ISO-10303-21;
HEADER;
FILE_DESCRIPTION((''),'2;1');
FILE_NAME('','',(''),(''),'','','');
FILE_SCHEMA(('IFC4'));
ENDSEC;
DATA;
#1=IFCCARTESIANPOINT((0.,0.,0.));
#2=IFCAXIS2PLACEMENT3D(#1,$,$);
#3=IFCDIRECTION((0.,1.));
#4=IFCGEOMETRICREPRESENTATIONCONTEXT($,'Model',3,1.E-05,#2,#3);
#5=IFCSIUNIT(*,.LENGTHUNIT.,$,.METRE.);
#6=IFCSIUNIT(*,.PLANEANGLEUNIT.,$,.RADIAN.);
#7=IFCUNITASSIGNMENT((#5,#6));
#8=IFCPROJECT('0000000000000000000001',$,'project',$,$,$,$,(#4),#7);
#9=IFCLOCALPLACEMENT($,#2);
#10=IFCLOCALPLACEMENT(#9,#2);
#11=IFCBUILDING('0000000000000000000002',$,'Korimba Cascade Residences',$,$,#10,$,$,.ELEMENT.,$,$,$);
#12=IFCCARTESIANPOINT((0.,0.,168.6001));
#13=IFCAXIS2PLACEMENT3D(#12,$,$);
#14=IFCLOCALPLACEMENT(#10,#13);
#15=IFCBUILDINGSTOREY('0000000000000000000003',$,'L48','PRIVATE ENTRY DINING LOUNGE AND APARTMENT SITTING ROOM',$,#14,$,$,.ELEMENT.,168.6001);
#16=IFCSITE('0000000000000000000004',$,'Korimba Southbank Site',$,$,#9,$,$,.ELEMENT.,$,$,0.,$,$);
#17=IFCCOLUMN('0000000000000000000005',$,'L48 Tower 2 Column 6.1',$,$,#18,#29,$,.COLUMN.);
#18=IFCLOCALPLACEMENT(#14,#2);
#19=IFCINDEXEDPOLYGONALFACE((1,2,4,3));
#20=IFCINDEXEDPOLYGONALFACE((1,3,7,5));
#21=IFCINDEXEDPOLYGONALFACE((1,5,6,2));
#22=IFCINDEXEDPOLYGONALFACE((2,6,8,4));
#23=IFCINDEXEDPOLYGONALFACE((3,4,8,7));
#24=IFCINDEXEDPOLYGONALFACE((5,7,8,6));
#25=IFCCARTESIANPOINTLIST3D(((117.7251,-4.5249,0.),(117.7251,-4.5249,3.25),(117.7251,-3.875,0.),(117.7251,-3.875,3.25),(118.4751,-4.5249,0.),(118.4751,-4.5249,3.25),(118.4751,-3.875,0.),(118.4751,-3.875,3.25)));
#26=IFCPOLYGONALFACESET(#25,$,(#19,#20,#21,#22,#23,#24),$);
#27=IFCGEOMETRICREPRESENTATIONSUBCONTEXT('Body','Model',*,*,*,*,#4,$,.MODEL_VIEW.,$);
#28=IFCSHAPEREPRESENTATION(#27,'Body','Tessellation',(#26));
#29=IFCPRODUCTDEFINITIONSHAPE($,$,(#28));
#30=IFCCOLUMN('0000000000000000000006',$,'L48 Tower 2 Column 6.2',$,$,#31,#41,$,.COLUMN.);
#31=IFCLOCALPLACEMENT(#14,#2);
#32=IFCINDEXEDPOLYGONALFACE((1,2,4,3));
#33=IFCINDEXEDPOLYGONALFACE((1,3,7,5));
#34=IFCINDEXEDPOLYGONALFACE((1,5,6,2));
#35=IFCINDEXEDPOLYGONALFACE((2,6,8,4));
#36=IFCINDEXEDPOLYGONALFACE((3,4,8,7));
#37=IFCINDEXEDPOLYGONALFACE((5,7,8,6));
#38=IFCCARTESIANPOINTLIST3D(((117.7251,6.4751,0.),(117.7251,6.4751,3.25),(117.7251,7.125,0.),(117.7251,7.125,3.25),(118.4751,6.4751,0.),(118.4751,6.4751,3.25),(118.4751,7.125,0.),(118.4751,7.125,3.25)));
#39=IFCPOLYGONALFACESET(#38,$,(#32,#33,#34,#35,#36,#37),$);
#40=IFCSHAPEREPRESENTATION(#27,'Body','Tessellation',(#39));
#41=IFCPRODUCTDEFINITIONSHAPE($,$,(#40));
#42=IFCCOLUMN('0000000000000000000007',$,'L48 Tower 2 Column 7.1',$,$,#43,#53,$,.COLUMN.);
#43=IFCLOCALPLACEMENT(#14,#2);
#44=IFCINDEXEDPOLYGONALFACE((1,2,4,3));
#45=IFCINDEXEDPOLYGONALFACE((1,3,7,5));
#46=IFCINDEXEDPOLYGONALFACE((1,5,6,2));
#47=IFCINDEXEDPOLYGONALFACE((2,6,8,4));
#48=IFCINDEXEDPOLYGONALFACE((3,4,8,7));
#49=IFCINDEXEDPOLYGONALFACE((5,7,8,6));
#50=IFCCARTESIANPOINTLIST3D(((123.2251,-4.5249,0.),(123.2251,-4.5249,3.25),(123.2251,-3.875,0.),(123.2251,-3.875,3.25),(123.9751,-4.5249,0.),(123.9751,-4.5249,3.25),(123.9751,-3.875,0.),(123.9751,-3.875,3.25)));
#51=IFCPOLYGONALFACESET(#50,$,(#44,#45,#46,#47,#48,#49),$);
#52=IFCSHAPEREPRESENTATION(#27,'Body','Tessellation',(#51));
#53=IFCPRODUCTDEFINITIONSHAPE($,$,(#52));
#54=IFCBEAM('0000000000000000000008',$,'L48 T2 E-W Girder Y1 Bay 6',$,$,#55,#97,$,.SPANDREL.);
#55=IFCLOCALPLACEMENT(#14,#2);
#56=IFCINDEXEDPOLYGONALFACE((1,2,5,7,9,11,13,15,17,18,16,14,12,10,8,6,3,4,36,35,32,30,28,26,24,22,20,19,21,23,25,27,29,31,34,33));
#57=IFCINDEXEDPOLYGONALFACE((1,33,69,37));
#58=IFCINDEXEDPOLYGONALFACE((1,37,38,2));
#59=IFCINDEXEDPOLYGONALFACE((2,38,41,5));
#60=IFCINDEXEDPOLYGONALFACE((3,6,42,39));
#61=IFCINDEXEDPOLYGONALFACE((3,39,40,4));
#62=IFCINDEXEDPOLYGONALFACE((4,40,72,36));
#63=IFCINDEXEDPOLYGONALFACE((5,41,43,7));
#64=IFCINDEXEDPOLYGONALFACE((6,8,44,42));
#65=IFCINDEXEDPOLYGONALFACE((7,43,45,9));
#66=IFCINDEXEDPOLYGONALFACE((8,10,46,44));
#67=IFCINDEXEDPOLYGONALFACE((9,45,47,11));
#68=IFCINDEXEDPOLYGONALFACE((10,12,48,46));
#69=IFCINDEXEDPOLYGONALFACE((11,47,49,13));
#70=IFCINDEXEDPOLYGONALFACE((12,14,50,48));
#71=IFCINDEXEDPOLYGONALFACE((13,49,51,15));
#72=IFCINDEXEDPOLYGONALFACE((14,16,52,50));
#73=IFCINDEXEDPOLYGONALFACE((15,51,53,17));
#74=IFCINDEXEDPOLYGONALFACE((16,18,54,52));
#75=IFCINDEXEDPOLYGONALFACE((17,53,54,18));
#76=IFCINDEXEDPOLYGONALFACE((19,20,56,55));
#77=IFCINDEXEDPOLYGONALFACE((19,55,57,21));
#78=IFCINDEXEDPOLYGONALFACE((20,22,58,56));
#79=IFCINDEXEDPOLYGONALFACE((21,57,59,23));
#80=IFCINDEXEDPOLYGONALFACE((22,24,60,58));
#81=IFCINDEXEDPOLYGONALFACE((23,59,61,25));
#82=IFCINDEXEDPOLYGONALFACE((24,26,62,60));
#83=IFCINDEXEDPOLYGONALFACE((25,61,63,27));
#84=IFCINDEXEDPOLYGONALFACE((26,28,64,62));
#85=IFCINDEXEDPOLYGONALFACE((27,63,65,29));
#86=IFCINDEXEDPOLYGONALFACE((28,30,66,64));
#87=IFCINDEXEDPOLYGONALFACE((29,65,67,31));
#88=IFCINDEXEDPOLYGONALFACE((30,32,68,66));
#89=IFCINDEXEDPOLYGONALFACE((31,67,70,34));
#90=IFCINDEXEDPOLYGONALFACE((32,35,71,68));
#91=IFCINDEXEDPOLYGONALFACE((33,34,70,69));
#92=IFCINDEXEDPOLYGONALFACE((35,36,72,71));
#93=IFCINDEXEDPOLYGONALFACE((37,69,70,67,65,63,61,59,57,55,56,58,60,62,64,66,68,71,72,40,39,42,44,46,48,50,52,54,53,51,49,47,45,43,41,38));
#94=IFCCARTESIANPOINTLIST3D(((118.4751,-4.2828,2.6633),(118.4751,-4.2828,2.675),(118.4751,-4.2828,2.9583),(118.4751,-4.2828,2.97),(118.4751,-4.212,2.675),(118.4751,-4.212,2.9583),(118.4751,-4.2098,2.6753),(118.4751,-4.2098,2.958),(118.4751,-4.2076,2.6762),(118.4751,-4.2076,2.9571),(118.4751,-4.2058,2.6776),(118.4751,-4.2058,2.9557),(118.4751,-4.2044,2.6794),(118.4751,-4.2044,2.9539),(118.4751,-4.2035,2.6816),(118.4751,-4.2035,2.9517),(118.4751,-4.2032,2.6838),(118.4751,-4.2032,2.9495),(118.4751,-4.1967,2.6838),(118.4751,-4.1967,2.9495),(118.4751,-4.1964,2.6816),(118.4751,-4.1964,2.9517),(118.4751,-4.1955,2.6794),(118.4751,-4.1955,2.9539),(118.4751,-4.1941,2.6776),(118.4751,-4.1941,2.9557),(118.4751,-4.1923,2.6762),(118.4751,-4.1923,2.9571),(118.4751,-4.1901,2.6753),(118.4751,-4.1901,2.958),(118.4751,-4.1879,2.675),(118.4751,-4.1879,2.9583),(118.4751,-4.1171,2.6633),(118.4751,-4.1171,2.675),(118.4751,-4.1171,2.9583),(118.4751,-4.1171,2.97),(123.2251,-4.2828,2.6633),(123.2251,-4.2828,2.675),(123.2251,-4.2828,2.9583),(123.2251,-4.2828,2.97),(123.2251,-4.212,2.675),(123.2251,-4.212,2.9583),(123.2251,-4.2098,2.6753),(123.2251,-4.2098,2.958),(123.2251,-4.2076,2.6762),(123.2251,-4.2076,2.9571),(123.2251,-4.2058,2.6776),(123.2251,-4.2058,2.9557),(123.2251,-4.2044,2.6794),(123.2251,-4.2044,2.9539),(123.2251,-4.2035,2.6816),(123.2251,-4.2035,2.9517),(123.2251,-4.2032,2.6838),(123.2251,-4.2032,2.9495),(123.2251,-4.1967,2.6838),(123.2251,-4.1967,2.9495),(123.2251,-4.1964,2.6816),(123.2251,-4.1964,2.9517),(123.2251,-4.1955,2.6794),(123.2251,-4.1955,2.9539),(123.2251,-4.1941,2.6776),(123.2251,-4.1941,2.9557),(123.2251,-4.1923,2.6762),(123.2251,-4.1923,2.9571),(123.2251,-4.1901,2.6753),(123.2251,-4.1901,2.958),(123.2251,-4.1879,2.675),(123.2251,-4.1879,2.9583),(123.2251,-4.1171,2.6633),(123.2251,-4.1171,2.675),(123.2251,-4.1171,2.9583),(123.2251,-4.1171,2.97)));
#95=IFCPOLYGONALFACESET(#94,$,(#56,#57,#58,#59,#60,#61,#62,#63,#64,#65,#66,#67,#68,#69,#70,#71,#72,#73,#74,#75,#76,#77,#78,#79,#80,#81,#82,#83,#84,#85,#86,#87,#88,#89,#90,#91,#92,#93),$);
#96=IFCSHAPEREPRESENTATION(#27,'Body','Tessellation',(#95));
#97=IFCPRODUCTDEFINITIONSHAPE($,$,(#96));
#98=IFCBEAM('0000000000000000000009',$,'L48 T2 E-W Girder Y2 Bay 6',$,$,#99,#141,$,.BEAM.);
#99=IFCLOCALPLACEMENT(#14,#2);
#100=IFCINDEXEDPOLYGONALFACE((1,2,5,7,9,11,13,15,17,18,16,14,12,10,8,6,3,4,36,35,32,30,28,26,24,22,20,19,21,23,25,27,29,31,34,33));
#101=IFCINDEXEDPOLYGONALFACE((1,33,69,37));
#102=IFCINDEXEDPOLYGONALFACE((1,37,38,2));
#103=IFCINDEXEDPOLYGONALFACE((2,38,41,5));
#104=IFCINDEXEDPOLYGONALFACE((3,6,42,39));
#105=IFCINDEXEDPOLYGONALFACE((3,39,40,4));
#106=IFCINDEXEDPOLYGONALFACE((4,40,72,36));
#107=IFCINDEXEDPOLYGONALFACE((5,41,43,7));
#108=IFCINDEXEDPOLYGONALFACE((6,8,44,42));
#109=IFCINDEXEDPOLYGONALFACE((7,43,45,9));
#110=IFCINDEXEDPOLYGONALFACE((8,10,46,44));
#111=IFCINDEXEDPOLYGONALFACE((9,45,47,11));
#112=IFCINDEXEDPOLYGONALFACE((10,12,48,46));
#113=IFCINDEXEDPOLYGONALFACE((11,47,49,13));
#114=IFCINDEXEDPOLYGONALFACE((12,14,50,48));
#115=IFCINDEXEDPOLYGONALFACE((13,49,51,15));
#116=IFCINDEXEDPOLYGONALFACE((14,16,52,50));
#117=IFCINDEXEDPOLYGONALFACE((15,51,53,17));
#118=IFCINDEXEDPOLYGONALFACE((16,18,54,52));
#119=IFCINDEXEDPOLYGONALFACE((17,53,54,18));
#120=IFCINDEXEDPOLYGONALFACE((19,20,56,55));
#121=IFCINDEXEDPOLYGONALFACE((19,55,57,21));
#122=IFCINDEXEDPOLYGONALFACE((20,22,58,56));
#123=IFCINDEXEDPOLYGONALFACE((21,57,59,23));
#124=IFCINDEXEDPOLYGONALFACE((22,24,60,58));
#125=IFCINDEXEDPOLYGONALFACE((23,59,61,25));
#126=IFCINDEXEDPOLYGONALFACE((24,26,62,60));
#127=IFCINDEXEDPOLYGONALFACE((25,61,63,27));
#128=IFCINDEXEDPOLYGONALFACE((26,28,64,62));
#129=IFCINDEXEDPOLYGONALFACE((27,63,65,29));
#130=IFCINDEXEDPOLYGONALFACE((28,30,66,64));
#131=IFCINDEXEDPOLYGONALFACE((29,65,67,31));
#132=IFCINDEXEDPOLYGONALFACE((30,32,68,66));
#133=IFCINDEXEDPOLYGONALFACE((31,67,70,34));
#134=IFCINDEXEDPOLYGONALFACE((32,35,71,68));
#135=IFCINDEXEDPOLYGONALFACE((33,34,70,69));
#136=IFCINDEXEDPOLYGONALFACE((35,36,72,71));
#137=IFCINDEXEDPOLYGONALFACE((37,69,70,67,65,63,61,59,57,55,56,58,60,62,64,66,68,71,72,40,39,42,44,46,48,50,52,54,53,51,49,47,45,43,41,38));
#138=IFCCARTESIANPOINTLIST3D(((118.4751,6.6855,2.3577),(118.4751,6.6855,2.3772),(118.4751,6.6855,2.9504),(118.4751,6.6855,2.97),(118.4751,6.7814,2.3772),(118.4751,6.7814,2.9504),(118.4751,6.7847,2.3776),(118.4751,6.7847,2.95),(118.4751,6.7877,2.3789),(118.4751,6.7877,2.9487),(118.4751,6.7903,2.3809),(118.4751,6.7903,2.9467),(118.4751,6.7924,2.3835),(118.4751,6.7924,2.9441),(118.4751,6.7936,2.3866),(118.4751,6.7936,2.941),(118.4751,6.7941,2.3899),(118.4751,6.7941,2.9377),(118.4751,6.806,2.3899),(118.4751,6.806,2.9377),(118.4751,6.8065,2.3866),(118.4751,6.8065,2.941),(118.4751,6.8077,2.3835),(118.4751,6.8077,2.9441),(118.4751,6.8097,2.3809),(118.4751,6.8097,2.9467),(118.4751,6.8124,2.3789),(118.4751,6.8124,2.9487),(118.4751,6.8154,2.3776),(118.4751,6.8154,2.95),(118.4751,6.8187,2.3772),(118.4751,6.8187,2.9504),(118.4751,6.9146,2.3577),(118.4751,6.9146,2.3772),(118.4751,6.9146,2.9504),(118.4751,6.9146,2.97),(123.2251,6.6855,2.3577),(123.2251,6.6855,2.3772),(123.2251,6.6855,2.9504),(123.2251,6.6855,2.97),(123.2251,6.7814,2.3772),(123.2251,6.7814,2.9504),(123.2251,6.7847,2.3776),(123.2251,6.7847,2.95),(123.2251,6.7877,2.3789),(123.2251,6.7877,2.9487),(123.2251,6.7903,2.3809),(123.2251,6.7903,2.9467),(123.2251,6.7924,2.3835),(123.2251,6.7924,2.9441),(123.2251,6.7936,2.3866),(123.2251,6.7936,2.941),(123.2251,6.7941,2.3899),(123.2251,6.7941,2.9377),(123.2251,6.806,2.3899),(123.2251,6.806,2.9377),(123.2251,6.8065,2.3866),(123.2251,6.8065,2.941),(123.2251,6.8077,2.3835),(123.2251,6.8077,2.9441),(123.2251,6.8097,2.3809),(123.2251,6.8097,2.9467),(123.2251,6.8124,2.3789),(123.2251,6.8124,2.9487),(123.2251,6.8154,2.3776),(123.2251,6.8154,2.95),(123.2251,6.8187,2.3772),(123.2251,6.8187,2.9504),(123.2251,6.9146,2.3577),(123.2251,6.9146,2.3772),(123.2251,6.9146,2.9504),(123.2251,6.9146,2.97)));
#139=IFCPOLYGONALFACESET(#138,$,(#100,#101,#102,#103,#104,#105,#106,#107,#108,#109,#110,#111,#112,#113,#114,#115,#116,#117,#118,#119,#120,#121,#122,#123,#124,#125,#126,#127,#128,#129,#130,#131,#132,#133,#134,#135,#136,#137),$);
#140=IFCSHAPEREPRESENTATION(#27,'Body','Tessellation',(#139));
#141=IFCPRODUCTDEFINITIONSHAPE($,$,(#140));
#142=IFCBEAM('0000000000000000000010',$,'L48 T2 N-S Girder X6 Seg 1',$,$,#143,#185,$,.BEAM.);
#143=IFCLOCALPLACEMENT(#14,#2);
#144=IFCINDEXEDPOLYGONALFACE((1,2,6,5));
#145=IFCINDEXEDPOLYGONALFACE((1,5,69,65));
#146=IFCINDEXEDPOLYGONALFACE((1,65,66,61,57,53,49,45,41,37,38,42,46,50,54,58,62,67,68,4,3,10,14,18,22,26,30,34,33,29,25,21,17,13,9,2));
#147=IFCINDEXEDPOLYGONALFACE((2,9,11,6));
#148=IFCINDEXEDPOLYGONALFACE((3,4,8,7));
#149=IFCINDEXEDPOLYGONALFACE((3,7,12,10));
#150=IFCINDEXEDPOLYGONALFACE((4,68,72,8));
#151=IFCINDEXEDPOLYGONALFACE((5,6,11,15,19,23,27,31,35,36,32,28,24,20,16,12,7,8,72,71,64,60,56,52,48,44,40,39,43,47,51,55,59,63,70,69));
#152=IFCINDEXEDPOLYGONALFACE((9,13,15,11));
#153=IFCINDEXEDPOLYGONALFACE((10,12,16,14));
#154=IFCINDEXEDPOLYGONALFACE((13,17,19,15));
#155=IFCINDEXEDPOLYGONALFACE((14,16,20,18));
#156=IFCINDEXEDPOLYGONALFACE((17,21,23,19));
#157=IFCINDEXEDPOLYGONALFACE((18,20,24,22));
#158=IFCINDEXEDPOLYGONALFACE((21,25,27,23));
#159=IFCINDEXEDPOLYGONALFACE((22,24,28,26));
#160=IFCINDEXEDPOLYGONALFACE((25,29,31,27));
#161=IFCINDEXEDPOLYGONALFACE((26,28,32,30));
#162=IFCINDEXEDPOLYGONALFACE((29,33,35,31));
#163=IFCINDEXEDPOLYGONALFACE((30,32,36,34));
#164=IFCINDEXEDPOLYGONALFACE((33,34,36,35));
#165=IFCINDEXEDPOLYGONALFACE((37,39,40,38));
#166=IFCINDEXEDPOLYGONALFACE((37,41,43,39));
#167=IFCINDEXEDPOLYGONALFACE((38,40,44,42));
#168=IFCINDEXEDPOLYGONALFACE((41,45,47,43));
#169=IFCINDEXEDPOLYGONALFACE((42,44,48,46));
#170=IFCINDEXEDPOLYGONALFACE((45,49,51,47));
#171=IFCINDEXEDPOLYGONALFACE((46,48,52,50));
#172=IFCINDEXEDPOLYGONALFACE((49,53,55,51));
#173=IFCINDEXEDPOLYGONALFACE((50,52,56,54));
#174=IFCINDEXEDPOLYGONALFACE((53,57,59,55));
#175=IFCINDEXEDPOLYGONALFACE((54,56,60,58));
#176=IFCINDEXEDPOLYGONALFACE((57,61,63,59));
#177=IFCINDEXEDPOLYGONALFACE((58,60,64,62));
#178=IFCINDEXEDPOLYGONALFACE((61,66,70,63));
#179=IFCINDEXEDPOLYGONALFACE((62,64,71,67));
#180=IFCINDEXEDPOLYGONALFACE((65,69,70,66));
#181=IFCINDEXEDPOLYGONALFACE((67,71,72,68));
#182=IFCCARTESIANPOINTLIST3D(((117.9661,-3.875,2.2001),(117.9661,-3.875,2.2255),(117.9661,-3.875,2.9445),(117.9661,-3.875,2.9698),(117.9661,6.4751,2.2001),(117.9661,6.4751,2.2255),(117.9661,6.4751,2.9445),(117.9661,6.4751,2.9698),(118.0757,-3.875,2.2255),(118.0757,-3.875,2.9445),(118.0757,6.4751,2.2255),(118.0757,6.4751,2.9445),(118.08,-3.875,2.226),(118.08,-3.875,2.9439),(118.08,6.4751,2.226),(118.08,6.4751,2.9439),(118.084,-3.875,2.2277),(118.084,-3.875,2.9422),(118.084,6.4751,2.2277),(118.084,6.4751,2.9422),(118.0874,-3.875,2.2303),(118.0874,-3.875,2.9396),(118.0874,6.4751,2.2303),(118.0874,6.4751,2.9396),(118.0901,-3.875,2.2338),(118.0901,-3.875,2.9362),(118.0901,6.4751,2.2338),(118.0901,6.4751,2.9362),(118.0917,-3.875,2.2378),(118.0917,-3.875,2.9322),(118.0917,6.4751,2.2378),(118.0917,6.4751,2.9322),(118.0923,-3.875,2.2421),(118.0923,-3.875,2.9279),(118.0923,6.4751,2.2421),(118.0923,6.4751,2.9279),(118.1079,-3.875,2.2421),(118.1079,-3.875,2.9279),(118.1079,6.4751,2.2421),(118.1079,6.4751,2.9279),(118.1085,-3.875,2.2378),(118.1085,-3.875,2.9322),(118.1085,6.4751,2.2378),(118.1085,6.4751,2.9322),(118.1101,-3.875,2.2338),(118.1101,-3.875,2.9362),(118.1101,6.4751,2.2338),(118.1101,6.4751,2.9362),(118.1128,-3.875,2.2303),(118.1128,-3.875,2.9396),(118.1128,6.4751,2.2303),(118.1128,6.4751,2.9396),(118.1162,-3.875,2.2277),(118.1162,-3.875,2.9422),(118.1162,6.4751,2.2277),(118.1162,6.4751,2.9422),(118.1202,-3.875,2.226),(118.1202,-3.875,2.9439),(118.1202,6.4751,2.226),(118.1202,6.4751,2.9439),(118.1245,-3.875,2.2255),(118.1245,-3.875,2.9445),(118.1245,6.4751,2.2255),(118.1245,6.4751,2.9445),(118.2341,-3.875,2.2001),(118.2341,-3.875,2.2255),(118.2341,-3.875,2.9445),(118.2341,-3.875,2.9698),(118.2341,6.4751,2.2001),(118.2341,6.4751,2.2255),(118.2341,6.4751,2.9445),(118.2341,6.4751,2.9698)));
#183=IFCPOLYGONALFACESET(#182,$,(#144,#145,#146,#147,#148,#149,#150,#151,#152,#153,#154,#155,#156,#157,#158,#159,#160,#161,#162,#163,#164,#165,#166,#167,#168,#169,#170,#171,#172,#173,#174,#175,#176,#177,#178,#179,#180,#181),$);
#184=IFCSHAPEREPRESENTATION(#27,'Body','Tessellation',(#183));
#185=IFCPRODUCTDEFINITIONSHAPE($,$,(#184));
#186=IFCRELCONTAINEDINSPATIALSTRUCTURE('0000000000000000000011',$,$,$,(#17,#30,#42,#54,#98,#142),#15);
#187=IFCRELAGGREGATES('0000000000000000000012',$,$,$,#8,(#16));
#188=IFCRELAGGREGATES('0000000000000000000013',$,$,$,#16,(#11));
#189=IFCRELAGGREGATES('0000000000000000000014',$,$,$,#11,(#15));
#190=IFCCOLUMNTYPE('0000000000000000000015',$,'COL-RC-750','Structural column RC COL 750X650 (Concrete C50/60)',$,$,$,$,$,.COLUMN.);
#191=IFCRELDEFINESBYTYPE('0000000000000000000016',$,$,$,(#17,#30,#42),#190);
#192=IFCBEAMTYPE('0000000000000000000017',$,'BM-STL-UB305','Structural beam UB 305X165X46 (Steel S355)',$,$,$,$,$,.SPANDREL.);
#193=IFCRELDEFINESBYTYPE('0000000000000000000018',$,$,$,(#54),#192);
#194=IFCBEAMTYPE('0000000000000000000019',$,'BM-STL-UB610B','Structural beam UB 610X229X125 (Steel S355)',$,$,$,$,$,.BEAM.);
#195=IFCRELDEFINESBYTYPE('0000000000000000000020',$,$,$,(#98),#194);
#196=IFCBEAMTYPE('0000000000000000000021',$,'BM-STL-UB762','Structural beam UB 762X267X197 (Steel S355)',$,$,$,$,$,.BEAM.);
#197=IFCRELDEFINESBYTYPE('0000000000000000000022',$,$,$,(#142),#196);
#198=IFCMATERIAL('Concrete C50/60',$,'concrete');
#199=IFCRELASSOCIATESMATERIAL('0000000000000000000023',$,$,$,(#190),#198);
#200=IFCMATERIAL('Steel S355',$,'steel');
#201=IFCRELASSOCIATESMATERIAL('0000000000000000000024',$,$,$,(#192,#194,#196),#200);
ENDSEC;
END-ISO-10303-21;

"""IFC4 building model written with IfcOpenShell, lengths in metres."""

from ifc_helpers import new_model, si_unit, direction, frame, origin, origin_2d, place, context, subcontext, project, spatial, rectangle, i_section, extrude, material, material_profile, profile_set, type_object, element, save


model = new_model("IFC4")

# Units and contexts
model_context = context("Model", 3, precision=1e-05, world=origin(), true_north=direction((0.0, 1.0)))
body_context = subcontext(model_context, "Body", "Model", "MODEL_VIEW")
ifc_project = project(units=[si_unit("LENGTHUNIT", "METRE"), si_unit("PLANEANGLEUNIT", "RADIAN")], contexts=[model_context])

# Site, building, storey
site_placement = place(None, origin())
site = spatial("IfcSite", under=ifc_project, at=site_placement, Name="Korimba Southbank Site", CompositionType="ELEMENT", RefElevation=0.0)
building_placement = place(site_placement, origin())
building = spatial("IfcBuilding", under=site, at=building_placement, Name="Korimba Cascade Residences", CompositionType="ELEMENT")
storey_placement = place(building_placement, frame((0.0, 0.0, 168.6001)))
storey = spatial("IfcBuildingStorey", under=building, at=storey_placement, Name="L48", Description="PRIVATE ENTRY DINING LOUNGE AND APARTMENT SITTING ROOM", CompositionType="ELEMENT", Elevation=168.6001)

# Columns
ifc_material_1 = material(Name="Concrete C50/60", Category="concrete")
ifc_material_profile_1 = material_profile(ifc_material_1, rectangle(XDim=0.75, YDim=0.6499, at=origin_2d()), Name="Concrete C50/60")
ifc_profile_set_1 = profile_set([ifc_material_profile_1], Name="Concrete C50/60")
column_type = type_object("IfcColumnType", Name="COL-RC-750", Description="Structural column RC COL 750X650 (Concrete C50/60)", PredefinedType="COLUMN", material=ifc_profile_set_1)
for number, where, z_axis, x_axis, name in (
    (1, (118.1001, -4.2, 0.0), (0.0, 0.0, 1.0), (1.0, 0.0, 0.0), "L48 Tower 2 Column 6.1"),
    (2, (118.1001, 6.8, 0.0), (0.0, 0.0, 1.0), (1.0, 0.0, 0.0), "L48 Tower 2 Column 6.2"),
    (3, (123.6001, -4.2, 0.0), (0.0, 0.0, 1.0), (1.0, 0.0, 0.0), "L48 Tower 2 Column 7.1"),
):
    element("IfcColumn", number, at=place(storey_placement, frame(where, z_axis=z_axis, x_axis=x_axis)), inside=storey, type_object=column_type, Name=name, PredefinedType="COLUMN", context=body_context, shape_type="SweptSolid", body=[
        extrude(rectangle(XDim=0.75, YDim=0.6499, at=origin_2d()), origin(), (0.0, 0.0, 1.0), 3.25),
    ])

# Beams
ifc_material_2 = material(Name="Steel S355", Category="steel")
ifc_material_profile_2 = material_profile(ifc_material_2, i_section(OverallWidth=0.1658, OverallDepth=0.3066, WebThickness=0.0066, FlangeThickness=0.0117, FilletRadius=0.0088, at=origin_2d()), Name="Steel S355")
ifc_profile_set_2 = profile_set([ifc_material_profile_2], Name="Steel S355")
beam_type_1 = type_object("IfcBeamType", Name="BM-STL-UB305", Description="Structural beam UB 305X165X46 (Steel S355)", PredefinedType="SPANDREL", material=ifc_profile_set_2)
beam_1_placement = place(storey_placement, frame((118.4751, -4.2, 2.8167), z_axis=(1.0, 0.0, 0.0), x_axis=(0.0, 1.0, 0.0)))
element("IfcBeam", 4, at=beam_1_placement, inside=storey, type_object=beam_type_1, Name="L48 T2 E-W Girder Y1 Bay 6", PredefinedType="SPANDREL", context=body_context, shape_type="SweptSolid", body=[
    extrude(i_section(OverallWidth=0.1658, OverallDepth=0.3066, WebThickness=0.0066, FlangeThickness=0.0117, FilletRadius=0.0088, at=origin_2d()), origin(), (0.0, 0.0, 1.0), 4.75),
])
ifc_material_profile_3 = material_profile(ifc_material_2, i_section(OverallWidth=0.229, OverallDepth=0.6123, WebThickness=0.012, FlangeThickness=0.0195, FilletRadius=0.0127, at=origin_2d()), Name="Steel S355")
ifc_profile_set_3 = profile_set([ifc_material_profile_3], Name="Steel S355")
beam_type_2 = type_object("IfcBeamType", Name="BM-STL-UB610B", Description="Structural beam UB 610X229X125 (Steel S355)", PredefinedType="BEAM", material=ifc_profile_set_3)
beam_2_placement = place(storey_placement, frame((118.4751, 6.8, 2.6638), z_axis=(1.0, 0.0, 0.0), x_axis=(0.0, 1.0, 0.0)))
element("IfcBeam", 5, at=beam_2_placement, inside=storey, type_object=beam_type_2, Name="L48 T2 E-W Girder Y2 Bay 6", PredefinedType="BEAM", context=body_context, shape_type="SweptSolid", body=[
    extrude(i_section(OverallWidth=0.229, OverallDepth=0.6123, WebThickness=0.012, FlangeThickness=0.0195, FilletRadius=0.0127, at=origin_2d()), origin(), (0.0, 0.0, 1.0), 4.75),
])
ifc_material_profile_4 = material_profile(ifc_material_2, i_section(OverallWidth=0.2681, OverallDepth=0.7698, WebThickness=0.0156, FlangeThickness=0.0254, FilletRadius=0.0166, at=origin_2d()), Name="Steel S355")
ifc_profile_set_4 = profile_set([ifc_material_profile_4], Name="Steel S355")
beam_type_3 = type_object("IfcBeamType", Name="BM-STL-UB762", Description="Structural beam UB 762X267X197 (Steel S355)", PredefinedType="BEAM", material=ifc_profile_set_4)
for number, where, z_axis, x_axis, name in (
    (6, (118.1001, -3.875, 2.585), (0.0, 1.0, 0.0), (-1.0, 0.0, 0.0), "L48 T2 N-S Girder X6 Seg 1"),
):
    element("IfcBeam", number, at=place(storey_placement, frame(where, z_axis=z_axis, x_axis=x_axis)), inside=storey, type_object=beam_type_3, Name=name, PredefinedType="BEAM", context=body_context, shape_type="SweptSolid", body=[
        extrude(i_section(OverallWidth=0.2681, OverallDepth=0.7698, WebThickness=0.0156, FlangeThickness=0.0254, FilletRadius=0.0166, at=origin_2d()), origin(), (0.0, 0.0, 1.0), 10.3501),
    ])

save(model, "model.ifc")
